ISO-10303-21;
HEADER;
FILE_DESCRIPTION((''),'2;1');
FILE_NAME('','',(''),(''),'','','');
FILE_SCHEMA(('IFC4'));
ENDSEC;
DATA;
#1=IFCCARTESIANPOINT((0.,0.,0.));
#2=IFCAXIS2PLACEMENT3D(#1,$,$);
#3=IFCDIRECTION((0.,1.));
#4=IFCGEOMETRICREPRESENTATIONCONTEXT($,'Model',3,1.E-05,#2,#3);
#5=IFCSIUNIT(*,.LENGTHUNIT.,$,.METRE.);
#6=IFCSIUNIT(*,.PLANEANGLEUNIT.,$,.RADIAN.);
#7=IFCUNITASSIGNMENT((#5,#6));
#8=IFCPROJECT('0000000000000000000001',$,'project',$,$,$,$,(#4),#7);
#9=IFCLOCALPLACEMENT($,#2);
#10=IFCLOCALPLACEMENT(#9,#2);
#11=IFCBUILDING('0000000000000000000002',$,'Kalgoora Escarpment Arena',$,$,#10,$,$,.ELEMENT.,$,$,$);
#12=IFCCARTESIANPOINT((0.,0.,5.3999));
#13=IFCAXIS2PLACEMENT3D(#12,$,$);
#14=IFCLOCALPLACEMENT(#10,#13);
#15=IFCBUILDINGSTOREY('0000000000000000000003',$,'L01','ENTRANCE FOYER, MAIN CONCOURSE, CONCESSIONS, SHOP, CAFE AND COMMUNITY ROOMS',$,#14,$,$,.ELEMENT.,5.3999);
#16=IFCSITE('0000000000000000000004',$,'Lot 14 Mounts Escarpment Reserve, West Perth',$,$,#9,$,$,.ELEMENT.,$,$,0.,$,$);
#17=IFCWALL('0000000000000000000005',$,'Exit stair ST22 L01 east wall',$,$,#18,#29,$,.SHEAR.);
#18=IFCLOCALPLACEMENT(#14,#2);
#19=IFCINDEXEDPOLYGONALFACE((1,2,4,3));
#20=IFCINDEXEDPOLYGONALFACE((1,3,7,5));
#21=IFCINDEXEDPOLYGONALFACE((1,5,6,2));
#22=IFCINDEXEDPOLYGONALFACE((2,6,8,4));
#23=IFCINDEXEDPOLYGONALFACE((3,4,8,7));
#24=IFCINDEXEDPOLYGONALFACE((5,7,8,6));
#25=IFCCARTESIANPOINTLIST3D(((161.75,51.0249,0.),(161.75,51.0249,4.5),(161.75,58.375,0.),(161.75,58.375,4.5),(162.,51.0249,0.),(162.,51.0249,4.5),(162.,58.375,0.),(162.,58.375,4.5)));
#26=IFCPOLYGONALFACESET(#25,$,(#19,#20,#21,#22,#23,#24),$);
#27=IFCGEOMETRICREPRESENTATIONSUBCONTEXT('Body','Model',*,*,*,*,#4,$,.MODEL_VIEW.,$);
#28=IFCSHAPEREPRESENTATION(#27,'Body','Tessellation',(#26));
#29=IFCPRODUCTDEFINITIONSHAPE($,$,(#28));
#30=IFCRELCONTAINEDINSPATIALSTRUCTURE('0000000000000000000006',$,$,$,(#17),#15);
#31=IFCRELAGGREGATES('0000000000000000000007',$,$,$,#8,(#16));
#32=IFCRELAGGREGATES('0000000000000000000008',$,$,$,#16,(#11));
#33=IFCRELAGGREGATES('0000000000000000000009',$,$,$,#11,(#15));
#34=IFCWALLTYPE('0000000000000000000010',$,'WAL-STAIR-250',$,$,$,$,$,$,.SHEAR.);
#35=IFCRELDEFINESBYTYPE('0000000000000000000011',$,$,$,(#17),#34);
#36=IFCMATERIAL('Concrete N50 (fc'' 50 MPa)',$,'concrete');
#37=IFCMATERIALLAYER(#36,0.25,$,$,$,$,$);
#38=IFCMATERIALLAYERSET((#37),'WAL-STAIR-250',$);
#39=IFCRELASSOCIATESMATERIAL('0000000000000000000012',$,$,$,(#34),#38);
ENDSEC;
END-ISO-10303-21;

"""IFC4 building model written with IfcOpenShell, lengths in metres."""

from ifc_helpers import new_model, si_unit, direction, frame, frame_2d, origin, place, context, subcontext, project, spatial, rectangle, extrude, material, layer, layer_set, type_object, element, save


model = new_model("IFC4")

# Units and contexts
model_context = context("Model", 3, precision=1e-05, world=origin(), true_north=direction((0.0, 1.0)))
body_context = subcontext(model_context, "Body", "Model", "MODEL_VIEW")
ifc_project = project(units=[si_unit("LENGTHUNIT", "METRE"), si_unit("PLANEANGLEUNIT", "RADIAN")], contexts=[model_context])

# Site, building, storey
site_placement = place(None, origin())
site = spatial("IfcSite", under=ifc_project, at=site_placement, Name="Lot 14 Mounts Escarpment Reserve, West Perth", CompositionType="ELEMENT", RefElevation=0.0)
building_placement = place(site_placement, origin())
building = spatial("IfcBuilding", under=site, at=building_placement, Name="Kalgoora Escarpment Arena", CompositionType="ELEMENT")
storey_placement = place(building_placement, frame((0.0, 0.0, 5.3999)))
storey = spatial("IfcBuildingStorey", under=building, at=storey_placement, Name="L01", Description="ENTRANCE FOYER, MAIN CONCOURSE, CONCESSIONS, SHOP, CAFE AND COMMUNITY ROOMS", CompositionType="ELEMENT", Elevation=5.3999)

# Wall
ifc_material_1 = material(Name="Concrete N50 (fc' 50 MPa)", Category="concrete")
ifc_layer_1 = layer(ifc_material_1, 0.25)
ifc_layer_set_1 = layer_set([ifc_layer_1], Name="WAL-STAIR-250")
wall_type_1 = type_object("IfcWallType", Name="WAL-STAIR-250", PredefinedType="SHEAR", material=ifc_layer_set_1)
wall_1_placement = place(storey_placement, frame((161.875, 51.0249, 0.0), z_axis=(0.0, 0.0, 1.0), x_axis=(0.0, 1.0, 0.0)))
element("IfcWall", 1, at=wall_1_placement, inside=storey, type_object=wall_type_1, Name="Exit stair ST22 L01 east wall", PredefinedType="SHEAR", context=body_context, shape_type="SweptSolid", body=[
    extrude(rectangle(XDim=7.3501, YDim=0.25, at=frame_2d((3.675, 0.0))), origin(), (0.0, 0.0, 1.0), 4.5),
])

save(model, "model.ifc")
